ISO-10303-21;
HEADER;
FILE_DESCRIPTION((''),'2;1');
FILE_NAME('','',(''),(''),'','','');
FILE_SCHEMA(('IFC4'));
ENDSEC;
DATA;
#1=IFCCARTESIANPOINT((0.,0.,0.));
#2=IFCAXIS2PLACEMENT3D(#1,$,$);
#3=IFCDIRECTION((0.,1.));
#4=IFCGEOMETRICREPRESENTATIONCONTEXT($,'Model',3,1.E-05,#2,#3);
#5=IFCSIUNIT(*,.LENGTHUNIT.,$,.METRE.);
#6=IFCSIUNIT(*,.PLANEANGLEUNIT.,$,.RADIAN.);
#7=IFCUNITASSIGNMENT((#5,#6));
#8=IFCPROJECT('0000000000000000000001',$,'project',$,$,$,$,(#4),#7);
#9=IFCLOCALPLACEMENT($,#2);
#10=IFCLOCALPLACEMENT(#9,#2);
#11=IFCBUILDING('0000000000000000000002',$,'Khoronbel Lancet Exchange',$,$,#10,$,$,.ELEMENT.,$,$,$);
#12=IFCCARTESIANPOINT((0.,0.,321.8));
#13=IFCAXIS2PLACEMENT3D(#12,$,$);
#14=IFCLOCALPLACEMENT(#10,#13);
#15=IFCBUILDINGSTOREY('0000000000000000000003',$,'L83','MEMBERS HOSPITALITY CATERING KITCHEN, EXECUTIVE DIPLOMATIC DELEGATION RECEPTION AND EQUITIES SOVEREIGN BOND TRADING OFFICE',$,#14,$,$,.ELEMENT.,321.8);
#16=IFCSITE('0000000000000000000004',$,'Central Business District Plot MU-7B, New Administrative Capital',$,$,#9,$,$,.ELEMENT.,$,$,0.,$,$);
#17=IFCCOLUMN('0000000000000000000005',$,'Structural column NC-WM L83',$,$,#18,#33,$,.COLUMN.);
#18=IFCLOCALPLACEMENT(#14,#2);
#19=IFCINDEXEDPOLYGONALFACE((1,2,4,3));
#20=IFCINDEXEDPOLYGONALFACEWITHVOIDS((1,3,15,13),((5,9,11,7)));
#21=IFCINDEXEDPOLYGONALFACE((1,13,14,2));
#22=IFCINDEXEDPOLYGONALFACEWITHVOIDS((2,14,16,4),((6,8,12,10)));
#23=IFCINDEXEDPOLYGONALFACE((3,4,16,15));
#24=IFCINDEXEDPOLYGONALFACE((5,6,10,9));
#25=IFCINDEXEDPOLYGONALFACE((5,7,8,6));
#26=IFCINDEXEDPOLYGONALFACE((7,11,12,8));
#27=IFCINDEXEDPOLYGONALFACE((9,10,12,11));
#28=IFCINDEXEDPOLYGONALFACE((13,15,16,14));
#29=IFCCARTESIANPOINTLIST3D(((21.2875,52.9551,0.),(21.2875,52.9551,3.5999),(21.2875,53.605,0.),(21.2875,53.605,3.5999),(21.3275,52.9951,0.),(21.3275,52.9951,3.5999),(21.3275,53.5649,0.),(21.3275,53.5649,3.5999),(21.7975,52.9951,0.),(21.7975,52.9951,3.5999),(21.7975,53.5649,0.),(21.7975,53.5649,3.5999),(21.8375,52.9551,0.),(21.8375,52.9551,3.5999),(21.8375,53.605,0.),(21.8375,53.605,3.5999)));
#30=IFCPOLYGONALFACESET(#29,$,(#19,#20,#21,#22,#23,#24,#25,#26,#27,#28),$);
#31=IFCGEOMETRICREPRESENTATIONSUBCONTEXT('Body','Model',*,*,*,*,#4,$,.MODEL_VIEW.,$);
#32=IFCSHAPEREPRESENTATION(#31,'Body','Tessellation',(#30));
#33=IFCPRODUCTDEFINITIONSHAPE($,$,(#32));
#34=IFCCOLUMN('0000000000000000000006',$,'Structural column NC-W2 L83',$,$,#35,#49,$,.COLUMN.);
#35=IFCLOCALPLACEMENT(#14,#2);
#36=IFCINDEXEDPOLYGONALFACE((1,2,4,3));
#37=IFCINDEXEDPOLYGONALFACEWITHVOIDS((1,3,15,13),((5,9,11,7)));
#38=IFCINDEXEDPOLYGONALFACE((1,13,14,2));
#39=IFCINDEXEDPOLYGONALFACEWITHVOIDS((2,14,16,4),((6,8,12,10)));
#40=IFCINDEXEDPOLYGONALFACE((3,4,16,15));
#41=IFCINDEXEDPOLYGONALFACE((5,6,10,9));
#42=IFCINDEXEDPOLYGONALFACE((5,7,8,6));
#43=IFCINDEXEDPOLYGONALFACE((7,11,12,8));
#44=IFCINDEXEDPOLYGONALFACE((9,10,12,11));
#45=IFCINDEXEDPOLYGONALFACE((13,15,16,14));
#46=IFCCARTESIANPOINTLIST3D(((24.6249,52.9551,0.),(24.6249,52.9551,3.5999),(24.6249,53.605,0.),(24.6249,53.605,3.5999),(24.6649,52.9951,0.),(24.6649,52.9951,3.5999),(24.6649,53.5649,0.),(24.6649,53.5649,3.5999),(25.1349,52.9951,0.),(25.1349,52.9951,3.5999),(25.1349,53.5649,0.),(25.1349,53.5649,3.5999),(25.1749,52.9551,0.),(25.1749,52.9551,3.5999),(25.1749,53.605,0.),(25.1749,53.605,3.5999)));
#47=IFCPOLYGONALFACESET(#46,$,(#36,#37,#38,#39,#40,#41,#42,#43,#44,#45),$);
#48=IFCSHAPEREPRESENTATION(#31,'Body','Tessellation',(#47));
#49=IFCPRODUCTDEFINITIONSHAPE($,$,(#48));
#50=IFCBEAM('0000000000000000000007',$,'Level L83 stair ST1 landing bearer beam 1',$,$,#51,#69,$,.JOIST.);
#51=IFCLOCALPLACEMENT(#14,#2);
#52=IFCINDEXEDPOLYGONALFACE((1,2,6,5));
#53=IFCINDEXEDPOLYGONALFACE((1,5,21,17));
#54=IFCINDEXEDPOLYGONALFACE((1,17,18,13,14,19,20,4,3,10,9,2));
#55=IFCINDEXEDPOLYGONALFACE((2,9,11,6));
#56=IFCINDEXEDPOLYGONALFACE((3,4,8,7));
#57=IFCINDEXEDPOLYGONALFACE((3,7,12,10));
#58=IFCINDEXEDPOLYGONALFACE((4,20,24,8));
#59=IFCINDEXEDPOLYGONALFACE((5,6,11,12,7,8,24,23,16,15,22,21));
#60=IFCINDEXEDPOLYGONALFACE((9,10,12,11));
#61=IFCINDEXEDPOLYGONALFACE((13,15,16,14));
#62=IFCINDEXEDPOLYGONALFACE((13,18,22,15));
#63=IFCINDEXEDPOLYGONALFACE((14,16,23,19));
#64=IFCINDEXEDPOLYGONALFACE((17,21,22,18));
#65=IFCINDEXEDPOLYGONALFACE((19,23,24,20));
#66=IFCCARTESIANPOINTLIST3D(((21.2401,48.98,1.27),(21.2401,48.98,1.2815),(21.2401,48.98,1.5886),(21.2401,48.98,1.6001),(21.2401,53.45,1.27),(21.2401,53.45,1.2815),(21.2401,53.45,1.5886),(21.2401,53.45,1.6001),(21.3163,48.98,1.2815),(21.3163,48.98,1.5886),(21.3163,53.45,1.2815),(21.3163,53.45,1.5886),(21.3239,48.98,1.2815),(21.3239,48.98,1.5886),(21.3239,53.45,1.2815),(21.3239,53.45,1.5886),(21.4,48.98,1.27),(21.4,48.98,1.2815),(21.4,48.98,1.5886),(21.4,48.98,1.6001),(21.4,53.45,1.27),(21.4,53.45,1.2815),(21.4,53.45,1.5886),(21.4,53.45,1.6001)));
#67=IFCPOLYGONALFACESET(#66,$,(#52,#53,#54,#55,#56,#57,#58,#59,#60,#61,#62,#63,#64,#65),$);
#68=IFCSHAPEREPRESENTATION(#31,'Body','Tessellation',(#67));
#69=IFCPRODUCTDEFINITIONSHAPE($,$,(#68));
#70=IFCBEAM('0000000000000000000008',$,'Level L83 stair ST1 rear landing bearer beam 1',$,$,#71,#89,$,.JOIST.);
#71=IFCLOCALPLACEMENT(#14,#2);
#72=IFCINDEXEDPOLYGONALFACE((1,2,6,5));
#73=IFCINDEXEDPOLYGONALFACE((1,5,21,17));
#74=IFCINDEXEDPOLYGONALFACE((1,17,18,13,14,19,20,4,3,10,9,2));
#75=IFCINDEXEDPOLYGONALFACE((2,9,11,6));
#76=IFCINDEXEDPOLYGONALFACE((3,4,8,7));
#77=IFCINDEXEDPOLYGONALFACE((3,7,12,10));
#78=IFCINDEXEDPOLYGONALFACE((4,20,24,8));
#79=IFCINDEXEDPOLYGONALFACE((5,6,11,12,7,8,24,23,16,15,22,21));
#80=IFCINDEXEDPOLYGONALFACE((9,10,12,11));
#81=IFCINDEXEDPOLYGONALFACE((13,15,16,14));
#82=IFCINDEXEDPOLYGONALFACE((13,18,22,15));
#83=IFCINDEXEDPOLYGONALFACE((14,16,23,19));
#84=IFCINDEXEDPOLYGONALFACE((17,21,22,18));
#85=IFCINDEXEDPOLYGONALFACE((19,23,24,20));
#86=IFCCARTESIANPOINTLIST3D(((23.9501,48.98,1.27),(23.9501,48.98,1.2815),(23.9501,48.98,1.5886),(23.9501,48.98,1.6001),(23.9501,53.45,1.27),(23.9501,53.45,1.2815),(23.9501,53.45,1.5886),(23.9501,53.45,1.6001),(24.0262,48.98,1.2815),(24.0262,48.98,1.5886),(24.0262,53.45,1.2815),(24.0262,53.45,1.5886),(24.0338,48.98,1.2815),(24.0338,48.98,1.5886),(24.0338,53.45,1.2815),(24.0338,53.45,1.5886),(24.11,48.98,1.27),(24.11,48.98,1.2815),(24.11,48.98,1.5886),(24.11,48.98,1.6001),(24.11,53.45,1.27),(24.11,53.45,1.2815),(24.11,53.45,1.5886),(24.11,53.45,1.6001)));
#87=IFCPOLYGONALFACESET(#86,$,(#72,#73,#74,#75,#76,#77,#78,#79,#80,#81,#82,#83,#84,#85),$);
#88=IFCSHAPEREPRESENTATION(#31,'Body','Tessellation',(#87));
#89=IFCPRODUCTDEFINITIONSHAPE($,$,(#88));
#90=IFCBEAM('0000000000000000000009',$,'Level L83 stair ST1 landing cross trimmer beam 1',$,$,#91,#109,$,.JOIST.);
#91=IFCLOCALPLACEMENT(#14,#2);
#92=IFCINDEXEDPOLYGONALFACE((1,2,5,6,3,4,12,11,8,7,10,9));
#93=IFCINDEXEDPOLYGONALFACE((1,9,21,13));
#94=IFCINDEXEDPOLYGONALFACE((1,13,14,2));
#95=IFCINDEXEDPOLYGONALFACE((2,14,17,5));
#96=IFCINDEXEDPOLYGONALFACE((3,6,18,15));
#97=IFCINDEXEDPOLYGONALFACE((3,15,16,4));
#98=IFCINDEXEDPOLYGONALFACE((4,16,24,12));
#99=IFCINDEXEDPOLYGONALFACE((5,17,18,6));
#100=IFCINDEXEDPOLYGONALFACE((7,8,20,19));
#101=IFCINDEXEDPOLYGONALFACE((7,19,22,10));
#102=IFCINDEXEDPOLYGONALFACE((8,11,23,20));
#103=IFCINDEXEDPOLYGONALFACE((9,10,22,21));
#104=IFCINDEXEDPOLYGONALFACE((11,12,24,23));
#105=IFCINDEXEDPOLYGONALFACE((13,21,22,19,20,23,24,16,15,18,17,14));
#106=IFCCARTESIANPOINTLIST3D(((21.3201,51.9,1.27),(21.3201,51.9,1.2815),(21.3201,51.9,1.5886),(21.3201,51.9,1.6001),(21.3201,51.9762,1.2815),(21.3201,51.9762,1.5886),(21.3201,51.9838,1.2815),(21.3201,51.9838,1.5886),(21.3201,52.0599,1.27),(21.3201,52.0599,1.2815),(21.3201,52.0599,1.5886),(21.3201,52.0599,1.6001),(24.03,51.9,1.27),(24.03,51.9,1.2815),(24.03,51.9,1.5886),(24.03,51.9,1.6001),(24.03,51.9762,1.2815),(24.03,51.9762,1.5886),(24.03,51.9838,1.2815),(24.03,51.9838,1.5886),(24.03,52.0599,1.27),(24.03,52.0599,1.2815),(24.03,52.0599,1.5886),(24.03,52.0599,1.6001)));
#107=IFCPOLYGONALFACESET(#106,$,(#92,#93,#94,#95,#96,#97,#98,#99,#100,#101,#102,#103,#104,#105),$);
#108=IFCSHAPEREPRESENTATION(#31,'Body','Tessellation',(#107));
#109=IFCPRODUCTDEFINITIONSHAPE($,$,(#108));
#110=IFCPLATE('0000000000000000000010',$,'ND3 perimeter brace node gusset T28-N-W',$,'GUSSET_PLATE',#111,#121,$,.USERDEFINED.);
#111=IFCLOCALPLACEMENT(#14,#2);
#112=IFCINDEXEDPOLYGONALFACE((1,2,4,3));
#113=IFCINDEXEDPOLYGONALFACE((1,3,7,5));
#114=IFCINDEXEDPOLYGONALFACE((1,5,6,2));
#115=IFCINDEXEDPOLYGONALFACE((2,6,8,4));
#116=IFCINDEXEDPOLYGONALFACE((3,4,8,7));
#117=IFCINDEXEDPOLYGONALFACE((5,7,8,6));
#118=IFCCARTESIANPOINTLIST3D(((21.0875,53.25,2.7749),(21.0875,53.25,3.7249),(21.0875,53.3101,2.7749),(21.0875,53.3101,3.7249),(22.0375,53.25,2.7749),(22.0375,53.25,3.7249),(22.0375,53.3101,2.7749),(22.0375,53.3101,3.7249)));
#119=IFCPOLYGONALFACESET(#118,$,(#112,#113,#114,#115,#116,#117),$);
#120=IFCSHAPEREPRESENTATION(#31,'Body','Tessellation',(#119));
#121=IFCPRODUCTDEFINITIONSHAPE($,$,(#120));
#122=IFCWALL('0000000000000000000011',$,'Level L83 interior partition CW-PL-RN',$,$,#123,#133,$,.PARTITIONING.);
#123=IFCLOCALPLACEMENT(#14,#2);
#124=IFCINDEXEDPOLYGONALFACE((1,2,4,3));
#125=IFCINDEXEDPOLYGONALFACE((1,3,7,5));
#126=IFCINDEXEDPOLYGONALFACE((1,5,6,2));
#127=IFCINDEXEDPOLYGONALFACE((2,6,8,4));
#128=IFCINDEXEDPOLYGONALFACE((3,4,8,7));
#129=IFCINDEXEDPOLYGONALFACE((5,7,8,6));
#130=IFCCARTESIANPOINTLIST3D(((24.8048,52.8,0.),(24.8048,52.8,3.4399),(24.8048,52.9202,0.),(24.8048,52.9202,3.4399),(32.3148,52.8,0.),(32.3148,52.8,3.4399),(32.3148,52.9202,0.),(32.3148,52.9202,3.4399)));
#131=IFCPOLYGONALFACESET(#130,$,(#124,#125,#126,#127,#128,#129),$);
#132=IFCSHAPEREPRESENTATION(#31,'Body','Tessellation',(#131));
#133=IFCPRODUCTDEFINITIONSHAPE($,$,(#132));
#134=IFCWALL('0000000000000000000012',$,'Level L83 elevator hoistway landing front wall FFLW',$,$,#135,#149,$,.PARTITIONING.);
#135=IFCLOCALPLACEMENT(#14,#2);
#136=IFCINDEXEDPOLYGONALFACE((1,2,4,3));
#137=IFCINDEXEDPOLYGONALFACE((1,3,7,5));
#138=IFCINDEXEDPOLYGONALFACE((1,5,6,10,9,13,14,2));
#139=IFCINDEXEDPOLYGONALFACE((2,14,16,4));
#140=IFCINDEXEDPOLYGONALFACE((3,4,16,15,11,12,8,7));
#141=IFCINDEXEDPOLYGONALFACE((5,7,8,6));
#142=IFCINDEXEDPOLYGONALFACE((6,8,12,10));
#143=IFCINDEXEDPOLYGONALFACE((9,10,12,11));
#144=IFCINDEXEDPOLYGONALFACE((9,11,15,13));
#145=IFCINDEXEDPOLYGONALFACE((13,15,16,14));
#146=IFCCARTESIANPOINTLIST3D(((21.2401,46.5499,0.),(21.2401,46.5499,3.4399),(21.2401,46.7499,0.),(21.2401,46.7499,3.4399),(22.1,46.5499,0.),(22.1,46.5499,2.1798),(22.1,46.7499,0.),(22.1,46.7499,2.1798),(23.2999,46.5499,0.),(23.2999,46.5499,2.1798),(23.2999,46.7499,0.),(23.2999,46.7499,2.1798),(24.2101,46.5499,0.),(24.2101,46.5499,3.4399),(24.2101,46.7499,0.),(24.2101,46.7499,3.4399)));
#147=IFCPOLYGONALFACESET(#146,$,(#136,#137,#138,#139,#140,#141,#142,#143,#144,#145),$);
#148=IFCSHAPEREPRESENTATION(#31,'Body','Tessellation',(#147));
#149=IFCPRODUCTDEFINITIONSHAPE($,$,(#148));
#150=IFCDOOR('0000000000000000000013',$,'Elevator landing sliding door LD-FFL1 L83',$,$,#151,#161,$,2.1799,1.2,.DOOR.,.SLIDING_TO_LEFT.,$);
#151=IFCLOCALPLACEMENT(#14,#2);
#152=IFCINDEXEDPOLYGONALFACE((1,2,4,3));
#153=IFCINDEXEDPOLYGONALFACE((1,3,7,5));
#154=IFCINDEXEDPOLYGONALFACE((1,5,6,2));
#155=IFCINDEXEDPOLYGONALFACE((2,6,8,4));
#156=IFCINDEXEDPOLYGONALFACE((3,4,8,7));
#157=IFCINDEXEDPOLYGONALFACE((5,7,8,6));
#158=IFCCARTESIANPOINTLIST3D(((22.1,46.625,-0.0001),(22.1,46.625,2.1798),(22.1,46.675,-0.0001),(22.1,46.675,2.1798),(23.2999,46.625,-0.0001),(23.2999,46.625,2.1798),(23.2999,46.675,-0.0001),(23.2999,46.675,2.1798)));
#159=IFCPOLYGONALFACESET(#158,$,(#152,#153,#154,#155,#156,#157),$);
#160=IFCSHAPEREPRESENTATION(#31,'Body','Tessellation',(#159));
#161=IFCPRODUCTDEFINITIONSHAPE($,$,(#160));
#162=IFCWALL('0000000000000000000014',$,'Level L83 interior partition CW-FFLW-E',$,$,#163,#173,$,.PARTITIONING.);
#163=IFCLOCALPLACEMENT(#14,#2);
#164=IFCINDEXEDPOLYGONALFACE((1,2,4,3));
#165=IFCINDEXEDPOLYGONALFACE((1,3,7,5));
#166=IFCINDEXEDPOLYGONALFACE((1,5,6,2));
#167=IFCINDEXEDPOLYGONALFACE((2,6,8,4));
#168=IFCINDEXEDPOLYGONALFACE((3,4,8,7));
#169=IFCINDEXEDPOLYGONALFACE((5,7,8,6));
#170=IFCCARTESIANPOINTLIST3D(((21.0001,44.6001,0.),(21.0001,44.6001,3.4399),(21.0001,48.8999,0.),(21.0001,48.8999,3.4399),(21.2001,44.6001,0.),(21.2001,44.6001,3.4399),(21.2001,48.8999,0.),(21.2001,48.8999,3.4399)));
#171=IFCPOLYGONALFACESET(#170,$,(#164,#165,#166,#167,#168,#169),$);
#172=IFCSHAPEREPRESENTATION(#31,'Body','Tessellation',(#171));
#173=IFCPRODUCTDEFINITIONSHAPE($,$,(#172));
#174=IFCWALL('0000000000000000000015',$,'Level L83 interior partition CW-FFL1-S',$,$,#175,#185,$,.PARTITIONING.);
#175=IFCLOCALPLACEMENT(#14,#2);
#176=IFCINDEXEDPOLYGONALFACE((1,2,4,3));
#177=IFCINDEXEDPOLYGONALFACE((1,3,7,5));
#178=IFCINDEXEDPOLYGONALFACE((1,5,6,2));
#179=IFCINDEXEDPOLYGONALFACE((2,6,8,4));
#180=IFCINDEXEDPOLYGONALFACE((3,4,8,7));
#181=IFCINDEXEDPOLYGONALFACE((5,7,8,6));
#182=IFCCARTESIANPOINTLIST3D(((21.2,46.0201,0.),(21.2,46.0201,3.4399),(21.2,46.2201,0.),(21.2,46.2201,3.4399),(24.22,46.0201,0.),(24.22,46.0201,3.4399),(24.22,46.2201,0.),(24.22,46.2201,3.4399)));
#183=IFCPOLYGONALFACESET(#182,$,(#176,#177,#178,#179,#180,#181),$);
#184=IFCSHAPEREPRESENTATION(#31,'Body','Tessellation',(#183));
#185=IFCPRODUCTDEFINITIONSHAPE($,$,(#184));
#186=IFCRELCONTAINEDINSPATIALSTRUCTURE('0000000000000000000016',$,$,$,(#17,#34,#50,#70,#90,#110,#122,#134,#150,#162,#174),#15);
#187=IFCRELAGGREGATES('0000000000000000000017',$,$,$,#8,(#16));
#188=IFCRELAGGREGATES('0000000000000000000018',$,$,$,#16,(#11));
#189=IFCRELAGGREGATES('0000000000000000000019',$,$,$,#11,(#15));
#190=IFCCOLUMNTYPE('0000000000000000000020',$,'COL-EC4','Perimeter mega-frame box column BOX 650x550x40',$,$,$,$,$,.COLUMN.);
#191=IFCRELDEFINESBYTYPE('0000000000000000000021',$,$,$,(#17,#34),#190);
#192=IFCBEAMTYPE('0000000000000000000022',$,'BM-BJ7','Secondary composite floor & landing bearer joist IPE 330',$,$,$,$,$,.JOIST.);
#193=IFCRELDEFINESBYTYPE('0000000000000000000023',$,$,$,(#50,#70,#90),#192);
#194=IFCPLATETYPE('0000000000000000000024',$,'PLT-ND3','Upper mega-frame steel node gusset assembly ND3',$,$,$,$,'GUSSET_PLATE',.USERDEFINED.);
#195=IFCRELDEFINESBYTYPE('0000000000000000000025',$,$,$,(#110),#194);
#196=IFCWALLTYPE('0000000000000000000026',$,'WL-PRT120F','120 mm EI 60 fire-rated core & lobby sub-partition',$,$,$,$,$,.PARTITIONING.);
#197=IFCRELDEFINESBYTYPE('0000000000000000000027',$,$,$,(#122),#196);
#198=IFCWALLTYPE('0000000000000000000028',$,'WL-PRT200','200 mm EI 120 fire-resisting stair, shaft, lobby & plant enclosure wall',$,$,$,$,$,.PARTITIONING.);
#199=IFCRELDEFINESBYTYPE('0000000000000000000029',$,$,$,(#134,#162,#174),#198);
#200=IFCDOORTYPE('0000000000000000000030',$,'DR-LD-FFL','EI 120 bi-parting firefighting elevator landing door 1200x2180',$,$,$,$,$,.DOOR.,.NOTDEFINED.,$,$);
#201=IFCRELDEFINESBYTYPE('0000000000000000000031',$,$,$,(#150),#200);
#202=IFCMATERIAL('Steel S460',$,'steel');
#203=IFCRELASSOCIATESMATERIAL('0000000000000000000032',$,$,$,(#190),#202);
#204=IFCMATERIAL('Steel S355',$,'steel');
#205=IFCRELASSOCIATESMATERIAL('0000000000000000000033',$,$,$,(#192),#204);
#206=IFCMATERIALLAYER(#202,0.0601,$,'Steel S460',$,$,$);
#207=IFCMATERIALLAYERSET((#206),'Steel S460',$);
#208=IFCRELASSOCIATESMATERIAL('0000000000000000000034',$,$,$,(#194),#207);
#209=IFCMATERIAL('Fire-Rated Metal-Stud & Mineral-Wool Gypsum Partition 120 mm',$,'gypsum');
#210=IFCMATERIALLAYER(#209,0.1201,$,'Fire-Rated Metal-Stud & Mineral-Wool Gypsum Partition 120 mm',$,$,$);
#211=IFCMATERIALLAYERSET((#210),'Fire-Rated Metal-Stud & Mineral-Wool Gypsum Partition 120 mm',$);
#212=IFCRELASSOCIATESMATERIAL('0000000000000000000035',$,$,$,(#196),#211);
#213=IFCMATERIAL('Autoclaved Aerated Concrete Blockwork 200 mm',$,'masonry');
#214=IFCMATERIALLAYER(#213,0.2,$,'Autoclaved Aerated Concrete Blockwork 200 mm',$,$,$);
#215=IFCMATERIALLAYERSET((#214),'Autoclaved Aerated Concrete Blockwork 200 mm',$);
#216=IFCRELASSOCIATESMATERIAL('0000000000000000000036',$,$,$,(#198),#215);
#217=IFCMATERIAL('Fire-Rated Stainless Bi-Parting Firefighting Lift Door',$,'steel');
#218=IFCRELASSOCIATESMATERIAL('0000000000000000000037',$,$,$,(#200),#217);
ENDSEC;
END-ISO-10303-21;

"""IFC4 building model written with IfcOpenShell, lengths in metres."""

from ifc_helpers import new_model, si_unit, direction, frame, frame_2d, origin, origin_2d, place, context, subcontext, project, spatial, rectangle, hollow_rectangle, i_section, extrude, material, layer, layer_set, material_profile, profile_set, type_object, element, fill, save


model = new_model("IFC4")

# Units and contexts
model_context = context("Model", 3, precision=1e-05, world=origin(), true_north=direction((0.0, 1.0)))
body_context = subcontext(model_context, "Body", "Model", "MODEL_VIEW")
ifc_project = project(units=[si_unit("LENGTHUNIT", "METRE"), si_unit("PLANEANGLEUNIT", "RADIAN")], contexts=[model_context])

# Site, building, storey
site_placement = place(None, origin())
site = spatial("IfcSite", under=ifc_project, at=site_placement, Name="Central Business District Plot MU-7B, New Administrative Capital", CompositionType="ELEMENT", RefElevation=0.0)
building_placement = place(site_placement, origin())
building = spatial("IfcBuilding", under=site, at=building_placement, Name="Khoronbel Lancet Exchange", CompositionType="ELEMENT")
storey_placement = place(building_placement, frame((0.0, 0.0, 321.8)))
storey = spatial("IfcBuildingStorey", under=building, at=storey_placement, Name="L83", Description="MEMBERS HOSPITALITY CATERING KITCHEN, EXECUTIVE DIPLOMATIC DELEGATION RECEPTION AND EQUITIES SOVEREIGN BOND TRADING OFFICE", CompositionType="ELEMENT", Elevation=321.8)

# Columns
ifc_material_1 = material(Name="Steel S460", Category="steel")
ifc_material_profile_1 = material_profile(ifc_material_1, hollow_rectangle(XDim=0.55, YDim=0.6499, WallThickness=0.04, at=origin_2d()), Name="BOX 650x550x40")
ifc_profile_set_1 = profile_set([ifc_material_profile_1], Name="Steel S460")
column_type = type_object("IfcColumnType", Name="COL-EC4", Description="Perimeter mega-frame box column BOX 650x550x40", PredefinedType="COLUMN", material=ifc_profile_set_1)
for number, where, z_axis, x_axis, name in (
    (1, (21.5625, 53.28, 0.0), (0.0, 0.0, 1.0), (1.0, 0.0, 0.0), "Structural column NC-WM L83"),
    (2, (24.8999, 53.28, 0.0), (0.0, 0.0, 1.0), (1.0, 0.0, 0.0), "Structural column NC-W2 L83"),
):
    element("IfcColumn", number, at=place(storey_placement, frame(where, z_axis=z_axis, x_axis=x_axis)), inside=storey, type_object=column_type, Name=name, PredefinedType="COLUMN", context=body_context, shape_type="SweptSolid", body=[
        extrude(hollow_rectangle(XDim=0.55, YDim=0.6499, WallThickness=0.04, at=origin_2d()), origin(), (0.0, 0.0, 1.0), 3.5999),
    ])

# Beams
ifc_material_2 = material(Name="Steel S355", Category="steel")
ifc_material_profile_2 = material_profile(ifc_material_2, i_section(OverallWidth=0.1599, OverallDepth=0.3301, WebThickness=0.0076, FlangeThickness=0.0115, at=origin_2d()), Name="IPE 330")
ifc_profile_set_2 = profile_set([ifc_material_profile_2], Name="Steel S355")
beam_type = type_object("IfcBeamType", Name="BM-BJ7", Description="Secondary composite floor & landing bearer joist IPE 330", PredefinedType="JOIST", material=ifc_profile_set_2)
for number, where, z_axis, x_axis, name in (
    (3, (21.3201, 48.98, 1.4351), (0.0, 1.0, 0.0), (-1.0, 0.0, 0.0), "Level L83 stair ST1 landing bearer beam 1"),
    (4, (24.03, 48.98, 1.4351), (0.0, 1.0, 0.0), (-1.0, 0.0, 0.0), "Level L83 stair ST1 rear landing bearer beam 1"),
):
    element("IfcBeam", number, at=place(storey_placement, frame(where, z_axis=z_axis, x_axis=x_axis)), inside=storey, type_object=beam_type, Name=name, PredefinedType="JOIST", context=body_context, shape_type="SweptSolid", body=[
        extrude(i_section(OverallWidth=0.1599, OverallDepth=0.3301, WebThickness=0.0076, FlangeThickness=0.0115, at=origin_2d()), origin(), (0.0, 0.0, 1.0), 4.47),
    ])
beam_placement = place(storey_placement, frame((21.3201, 51.98, 1.4351), z_axis=(1.0, 0.0, 0.0), x_axis=(0.0, 1.0, 0.0)))
element("IfcBeam", 5, at=beam_placement, inside=storey, type_object=beam_type, Name="Level L83 stair ST1 landing cross trimmer beam 1", PredefinedType="JOIST", context=body_context, shape_type="SweptSolid", body=[
    extrude(i_section(OverallWidth=0.1599, OverallDepth=0.3301, WebThickness=0.0076, FlangeThickness=0.0115, at=origin_2d()), origin(), (0.0, 0.0, 1.0), 2.71),
])

# Plate
ifc_layer_1 = layer(ifc_material_1, 0.0601, Name="Steel S460")
ifc_layer_set_1 = layer_set([ifc_layer_1], Name="Steel S460")
plate_type = type_object("IfcPlateType", Name="PLT-ND3", Description="Upper mega-frame steel node gusset assembly ND3", ElementType="GUSSET_PLATE", PredefinedType="USERDEFINED", material=ifc_layer_set_1)
plate_placement = place(storey_placement, frame((21.5625, 53.28, 2.7749), z_axis=(0.0, 0.0, 1.0), x_axis=(1.0, 0.0, 0.0)))
element("IfcPlate", 6, at=plate_placement, inside=storey, type_object=plate_type, Name="ND3 perimeter brace node gusset T28-N-W", ObjectType="GUSSET_PLATE", PredefinedType="USERDEFINED", context=body_context, shape_type="SweptSolid", body=[
    extrude(rectangle(XDim=0.95, YDim=0.0601, at=origin_2d()), origin(), (0.0, 0.0, 1.0), 0.95),
])

# Wall
ifc_material_3 = material(Name="Fire-Rated Metal-Stud & Mineral-Wool Gypsum Partition 120 mm", Category="gypsum")
ifc_layer_2 = layer(ifc_material_3, 0.1201, Name="Fire-Rated Metal-Stud & Mineral-Wool Gypsum Partition 120 mm")
ifc_layer_set_2 = layer_set([ifc_layer_2], Name="Fire-Rated Metal-Stud & Mineral-Wool Gypsum Partition 120 mm")
wall_type_1 = type_object("IfcWallType", Name="WL-PRT120F", Description="120 mm EI 60 fire-rated core & lobby sub-partition", PredefinedType="PARTITIONING", material=ifc_layer_set_2)
wall_1_placement = place(storey_placement, frame((24.8049, 52.8601, 0.0), z_axis=(0.0, 0.0, 1.0), x_axis=(1.0, 0.0, 0.0)))
element("IfcWall", 7, at=wall_1_placement, inside=storey, type_object=wall_type_1, Name="Level L83 interior partition CW-PL-RN", PredefinedType="PARTITIONING", context=body_context, shape_type="SweptSolid", body=[
    extrude(rectangle(XDim=7.51, YDim=0.1201, at=frame_2d((3.7549, 0.0))), origin(), (0.0, 0.0, 1.0), 3.4399),
])

# Wall, opening, door
ifc_material_4 = material(Name="Autoclaved Aerated Concrete Blockwork 200 mm", Category="masonry")
ifc_layer_3 = layer(ifc_material_4, 0.2, Name="Autoclaved Aerated Concrete Blockwork 200 mm")
ifc_layer_set_3 = layer_set([ifc_layer_3], Name="Autoclaved Aerated Concrete Blockwork 200 mm")
wall_type_2 = type_object("IfcWallType", Name="WL-PRT200", Description="200 mm EI 120 fire-resisting stair, shaft, lobby & plant enclosure wall", PredefinedType="PARTITIONING", material=ifc_layer_set_3)
wall_2_placement = place(storey_placement, frame((24.21, 46.6499, 0.0), z_axis=(0.0, 0.0, 1.0), x_axis=(-1.0, 0.0, 0.0)))
wall_2 = element("IfcWall", 8, at=wall_2_placement, inside=storey, type_object=wall_type_2, Name="Level L83 elevator hoistway landing front wall FFLW", PredefinedType="PARTITIONING", context=body_context, shape_type="SweptSolid", body=[
    extrude(rectangle(XDim=2.97, YDim=0.2, at=frame_2d((1.4849, 0.0))), origin(), (0.0, 0.0, 1.0), 3.4399),
])
opening_1_placement = place(wall_2_placement, frame((0.9099, 0.0, 0.0)))
opening_1 = element("IfcOpeningElement", 9, at=opening_1_placement, cuts=wall_2, PredefinedType="OPENING", context=body_context, shape_type="SweptSolid", body=[
    extrude(rectangle(XDim=1.2, YDim=2.1799, at=frame_2d((0.6001, 1.0898))), frame((0.0, 0.1099, 0.0), z_axis=(0.0, -1.0, 0.0), x_axis=(1.0, 0.0, 0.0)), (0.0, 0.0, 1.0), 0.22),
])
ifc_material_5 = material(Name="Fire-Rated Stainless Bi-Parting Firefighting Lift Door", Category="steel")
door_type_1 = type_object("IfcDoorType", Name="DR-LD-FFL", Description="EI 120 bi-parting firefighting elevator landing door 1200x2180", OperationType="NOTDEFINED", PredefinedType="DOOR", material=ifc_material_5)
door_1_placement = place(opening_1_placement, origin())
door_1 = element("IfcDoor", 10, at=door_1_placement, inside=storey, type_object=door_type_1, Name="Elevator landing sliding door LD-FFL1 L83", OperationType="SLIDING_TO_LEFT", OverallHeight=2.1799, OverallWidth=1.2, PredefinedType="DOOR", context=body_context, shape_type="SweptSolid", body=[
    extrude(rectangle(XDim=1.2, YDim=2.1799, at=frame_2d((0.6001, 1.0898))), frame((0.0, 0.0249, 0.0), z_axis=(0.0, -1.0, 0.0), x_axis=(1.0, 0.0, 0.0)), (0.0, 0.0, 1.0), 0.05),
])
fill(opening_1, door_1)

# Walls
wall_3_placement = place(storey_placement, frame((21.1001, 44.6001, 0.0), z_axis=(0.0, 0.0, 1.0), x_axis=(0.0, 1.0, 0.0)))
element("IfcWall", 11, at=wall_3_placement, inside=storey, type_object=wall_type_2, Name="Level L83 interior partition CW-FFLW-E", PredefinedType="PARTITIONING", context=body_context, shape_type="SweptSolid", body=[
    extrude(rectangle(XDim=4.2998, YDim=0.2, at=frame_2d((2.1499, 0.0))), origin(), (0.0, 0.0, 1.0), 3.4399),
])
wall_4_placement = place(storey_placement, frame((21.2, 46.1201, 0.0), z_axis=(0.0, 0.0, 1.0), x_axis=(1.0, 0.0, 0.0)))
element("IfcWall", 12, at=wall_4_placement, inside=storey, type_object=wall_type_2, Name="Level L83 interior partition CW-FFL1-S", PredefinedType="PARTITIONING", context=body_context, shape_type="SweptSolid", body=[
    extrude(rectangle(XDim=3.02, YDim=0.2, at=frame_2d((1.51, 0.0))), origin(), (0.0, 0.0, 1.0), 3.4399),
])

save(model, "model.ifc")
